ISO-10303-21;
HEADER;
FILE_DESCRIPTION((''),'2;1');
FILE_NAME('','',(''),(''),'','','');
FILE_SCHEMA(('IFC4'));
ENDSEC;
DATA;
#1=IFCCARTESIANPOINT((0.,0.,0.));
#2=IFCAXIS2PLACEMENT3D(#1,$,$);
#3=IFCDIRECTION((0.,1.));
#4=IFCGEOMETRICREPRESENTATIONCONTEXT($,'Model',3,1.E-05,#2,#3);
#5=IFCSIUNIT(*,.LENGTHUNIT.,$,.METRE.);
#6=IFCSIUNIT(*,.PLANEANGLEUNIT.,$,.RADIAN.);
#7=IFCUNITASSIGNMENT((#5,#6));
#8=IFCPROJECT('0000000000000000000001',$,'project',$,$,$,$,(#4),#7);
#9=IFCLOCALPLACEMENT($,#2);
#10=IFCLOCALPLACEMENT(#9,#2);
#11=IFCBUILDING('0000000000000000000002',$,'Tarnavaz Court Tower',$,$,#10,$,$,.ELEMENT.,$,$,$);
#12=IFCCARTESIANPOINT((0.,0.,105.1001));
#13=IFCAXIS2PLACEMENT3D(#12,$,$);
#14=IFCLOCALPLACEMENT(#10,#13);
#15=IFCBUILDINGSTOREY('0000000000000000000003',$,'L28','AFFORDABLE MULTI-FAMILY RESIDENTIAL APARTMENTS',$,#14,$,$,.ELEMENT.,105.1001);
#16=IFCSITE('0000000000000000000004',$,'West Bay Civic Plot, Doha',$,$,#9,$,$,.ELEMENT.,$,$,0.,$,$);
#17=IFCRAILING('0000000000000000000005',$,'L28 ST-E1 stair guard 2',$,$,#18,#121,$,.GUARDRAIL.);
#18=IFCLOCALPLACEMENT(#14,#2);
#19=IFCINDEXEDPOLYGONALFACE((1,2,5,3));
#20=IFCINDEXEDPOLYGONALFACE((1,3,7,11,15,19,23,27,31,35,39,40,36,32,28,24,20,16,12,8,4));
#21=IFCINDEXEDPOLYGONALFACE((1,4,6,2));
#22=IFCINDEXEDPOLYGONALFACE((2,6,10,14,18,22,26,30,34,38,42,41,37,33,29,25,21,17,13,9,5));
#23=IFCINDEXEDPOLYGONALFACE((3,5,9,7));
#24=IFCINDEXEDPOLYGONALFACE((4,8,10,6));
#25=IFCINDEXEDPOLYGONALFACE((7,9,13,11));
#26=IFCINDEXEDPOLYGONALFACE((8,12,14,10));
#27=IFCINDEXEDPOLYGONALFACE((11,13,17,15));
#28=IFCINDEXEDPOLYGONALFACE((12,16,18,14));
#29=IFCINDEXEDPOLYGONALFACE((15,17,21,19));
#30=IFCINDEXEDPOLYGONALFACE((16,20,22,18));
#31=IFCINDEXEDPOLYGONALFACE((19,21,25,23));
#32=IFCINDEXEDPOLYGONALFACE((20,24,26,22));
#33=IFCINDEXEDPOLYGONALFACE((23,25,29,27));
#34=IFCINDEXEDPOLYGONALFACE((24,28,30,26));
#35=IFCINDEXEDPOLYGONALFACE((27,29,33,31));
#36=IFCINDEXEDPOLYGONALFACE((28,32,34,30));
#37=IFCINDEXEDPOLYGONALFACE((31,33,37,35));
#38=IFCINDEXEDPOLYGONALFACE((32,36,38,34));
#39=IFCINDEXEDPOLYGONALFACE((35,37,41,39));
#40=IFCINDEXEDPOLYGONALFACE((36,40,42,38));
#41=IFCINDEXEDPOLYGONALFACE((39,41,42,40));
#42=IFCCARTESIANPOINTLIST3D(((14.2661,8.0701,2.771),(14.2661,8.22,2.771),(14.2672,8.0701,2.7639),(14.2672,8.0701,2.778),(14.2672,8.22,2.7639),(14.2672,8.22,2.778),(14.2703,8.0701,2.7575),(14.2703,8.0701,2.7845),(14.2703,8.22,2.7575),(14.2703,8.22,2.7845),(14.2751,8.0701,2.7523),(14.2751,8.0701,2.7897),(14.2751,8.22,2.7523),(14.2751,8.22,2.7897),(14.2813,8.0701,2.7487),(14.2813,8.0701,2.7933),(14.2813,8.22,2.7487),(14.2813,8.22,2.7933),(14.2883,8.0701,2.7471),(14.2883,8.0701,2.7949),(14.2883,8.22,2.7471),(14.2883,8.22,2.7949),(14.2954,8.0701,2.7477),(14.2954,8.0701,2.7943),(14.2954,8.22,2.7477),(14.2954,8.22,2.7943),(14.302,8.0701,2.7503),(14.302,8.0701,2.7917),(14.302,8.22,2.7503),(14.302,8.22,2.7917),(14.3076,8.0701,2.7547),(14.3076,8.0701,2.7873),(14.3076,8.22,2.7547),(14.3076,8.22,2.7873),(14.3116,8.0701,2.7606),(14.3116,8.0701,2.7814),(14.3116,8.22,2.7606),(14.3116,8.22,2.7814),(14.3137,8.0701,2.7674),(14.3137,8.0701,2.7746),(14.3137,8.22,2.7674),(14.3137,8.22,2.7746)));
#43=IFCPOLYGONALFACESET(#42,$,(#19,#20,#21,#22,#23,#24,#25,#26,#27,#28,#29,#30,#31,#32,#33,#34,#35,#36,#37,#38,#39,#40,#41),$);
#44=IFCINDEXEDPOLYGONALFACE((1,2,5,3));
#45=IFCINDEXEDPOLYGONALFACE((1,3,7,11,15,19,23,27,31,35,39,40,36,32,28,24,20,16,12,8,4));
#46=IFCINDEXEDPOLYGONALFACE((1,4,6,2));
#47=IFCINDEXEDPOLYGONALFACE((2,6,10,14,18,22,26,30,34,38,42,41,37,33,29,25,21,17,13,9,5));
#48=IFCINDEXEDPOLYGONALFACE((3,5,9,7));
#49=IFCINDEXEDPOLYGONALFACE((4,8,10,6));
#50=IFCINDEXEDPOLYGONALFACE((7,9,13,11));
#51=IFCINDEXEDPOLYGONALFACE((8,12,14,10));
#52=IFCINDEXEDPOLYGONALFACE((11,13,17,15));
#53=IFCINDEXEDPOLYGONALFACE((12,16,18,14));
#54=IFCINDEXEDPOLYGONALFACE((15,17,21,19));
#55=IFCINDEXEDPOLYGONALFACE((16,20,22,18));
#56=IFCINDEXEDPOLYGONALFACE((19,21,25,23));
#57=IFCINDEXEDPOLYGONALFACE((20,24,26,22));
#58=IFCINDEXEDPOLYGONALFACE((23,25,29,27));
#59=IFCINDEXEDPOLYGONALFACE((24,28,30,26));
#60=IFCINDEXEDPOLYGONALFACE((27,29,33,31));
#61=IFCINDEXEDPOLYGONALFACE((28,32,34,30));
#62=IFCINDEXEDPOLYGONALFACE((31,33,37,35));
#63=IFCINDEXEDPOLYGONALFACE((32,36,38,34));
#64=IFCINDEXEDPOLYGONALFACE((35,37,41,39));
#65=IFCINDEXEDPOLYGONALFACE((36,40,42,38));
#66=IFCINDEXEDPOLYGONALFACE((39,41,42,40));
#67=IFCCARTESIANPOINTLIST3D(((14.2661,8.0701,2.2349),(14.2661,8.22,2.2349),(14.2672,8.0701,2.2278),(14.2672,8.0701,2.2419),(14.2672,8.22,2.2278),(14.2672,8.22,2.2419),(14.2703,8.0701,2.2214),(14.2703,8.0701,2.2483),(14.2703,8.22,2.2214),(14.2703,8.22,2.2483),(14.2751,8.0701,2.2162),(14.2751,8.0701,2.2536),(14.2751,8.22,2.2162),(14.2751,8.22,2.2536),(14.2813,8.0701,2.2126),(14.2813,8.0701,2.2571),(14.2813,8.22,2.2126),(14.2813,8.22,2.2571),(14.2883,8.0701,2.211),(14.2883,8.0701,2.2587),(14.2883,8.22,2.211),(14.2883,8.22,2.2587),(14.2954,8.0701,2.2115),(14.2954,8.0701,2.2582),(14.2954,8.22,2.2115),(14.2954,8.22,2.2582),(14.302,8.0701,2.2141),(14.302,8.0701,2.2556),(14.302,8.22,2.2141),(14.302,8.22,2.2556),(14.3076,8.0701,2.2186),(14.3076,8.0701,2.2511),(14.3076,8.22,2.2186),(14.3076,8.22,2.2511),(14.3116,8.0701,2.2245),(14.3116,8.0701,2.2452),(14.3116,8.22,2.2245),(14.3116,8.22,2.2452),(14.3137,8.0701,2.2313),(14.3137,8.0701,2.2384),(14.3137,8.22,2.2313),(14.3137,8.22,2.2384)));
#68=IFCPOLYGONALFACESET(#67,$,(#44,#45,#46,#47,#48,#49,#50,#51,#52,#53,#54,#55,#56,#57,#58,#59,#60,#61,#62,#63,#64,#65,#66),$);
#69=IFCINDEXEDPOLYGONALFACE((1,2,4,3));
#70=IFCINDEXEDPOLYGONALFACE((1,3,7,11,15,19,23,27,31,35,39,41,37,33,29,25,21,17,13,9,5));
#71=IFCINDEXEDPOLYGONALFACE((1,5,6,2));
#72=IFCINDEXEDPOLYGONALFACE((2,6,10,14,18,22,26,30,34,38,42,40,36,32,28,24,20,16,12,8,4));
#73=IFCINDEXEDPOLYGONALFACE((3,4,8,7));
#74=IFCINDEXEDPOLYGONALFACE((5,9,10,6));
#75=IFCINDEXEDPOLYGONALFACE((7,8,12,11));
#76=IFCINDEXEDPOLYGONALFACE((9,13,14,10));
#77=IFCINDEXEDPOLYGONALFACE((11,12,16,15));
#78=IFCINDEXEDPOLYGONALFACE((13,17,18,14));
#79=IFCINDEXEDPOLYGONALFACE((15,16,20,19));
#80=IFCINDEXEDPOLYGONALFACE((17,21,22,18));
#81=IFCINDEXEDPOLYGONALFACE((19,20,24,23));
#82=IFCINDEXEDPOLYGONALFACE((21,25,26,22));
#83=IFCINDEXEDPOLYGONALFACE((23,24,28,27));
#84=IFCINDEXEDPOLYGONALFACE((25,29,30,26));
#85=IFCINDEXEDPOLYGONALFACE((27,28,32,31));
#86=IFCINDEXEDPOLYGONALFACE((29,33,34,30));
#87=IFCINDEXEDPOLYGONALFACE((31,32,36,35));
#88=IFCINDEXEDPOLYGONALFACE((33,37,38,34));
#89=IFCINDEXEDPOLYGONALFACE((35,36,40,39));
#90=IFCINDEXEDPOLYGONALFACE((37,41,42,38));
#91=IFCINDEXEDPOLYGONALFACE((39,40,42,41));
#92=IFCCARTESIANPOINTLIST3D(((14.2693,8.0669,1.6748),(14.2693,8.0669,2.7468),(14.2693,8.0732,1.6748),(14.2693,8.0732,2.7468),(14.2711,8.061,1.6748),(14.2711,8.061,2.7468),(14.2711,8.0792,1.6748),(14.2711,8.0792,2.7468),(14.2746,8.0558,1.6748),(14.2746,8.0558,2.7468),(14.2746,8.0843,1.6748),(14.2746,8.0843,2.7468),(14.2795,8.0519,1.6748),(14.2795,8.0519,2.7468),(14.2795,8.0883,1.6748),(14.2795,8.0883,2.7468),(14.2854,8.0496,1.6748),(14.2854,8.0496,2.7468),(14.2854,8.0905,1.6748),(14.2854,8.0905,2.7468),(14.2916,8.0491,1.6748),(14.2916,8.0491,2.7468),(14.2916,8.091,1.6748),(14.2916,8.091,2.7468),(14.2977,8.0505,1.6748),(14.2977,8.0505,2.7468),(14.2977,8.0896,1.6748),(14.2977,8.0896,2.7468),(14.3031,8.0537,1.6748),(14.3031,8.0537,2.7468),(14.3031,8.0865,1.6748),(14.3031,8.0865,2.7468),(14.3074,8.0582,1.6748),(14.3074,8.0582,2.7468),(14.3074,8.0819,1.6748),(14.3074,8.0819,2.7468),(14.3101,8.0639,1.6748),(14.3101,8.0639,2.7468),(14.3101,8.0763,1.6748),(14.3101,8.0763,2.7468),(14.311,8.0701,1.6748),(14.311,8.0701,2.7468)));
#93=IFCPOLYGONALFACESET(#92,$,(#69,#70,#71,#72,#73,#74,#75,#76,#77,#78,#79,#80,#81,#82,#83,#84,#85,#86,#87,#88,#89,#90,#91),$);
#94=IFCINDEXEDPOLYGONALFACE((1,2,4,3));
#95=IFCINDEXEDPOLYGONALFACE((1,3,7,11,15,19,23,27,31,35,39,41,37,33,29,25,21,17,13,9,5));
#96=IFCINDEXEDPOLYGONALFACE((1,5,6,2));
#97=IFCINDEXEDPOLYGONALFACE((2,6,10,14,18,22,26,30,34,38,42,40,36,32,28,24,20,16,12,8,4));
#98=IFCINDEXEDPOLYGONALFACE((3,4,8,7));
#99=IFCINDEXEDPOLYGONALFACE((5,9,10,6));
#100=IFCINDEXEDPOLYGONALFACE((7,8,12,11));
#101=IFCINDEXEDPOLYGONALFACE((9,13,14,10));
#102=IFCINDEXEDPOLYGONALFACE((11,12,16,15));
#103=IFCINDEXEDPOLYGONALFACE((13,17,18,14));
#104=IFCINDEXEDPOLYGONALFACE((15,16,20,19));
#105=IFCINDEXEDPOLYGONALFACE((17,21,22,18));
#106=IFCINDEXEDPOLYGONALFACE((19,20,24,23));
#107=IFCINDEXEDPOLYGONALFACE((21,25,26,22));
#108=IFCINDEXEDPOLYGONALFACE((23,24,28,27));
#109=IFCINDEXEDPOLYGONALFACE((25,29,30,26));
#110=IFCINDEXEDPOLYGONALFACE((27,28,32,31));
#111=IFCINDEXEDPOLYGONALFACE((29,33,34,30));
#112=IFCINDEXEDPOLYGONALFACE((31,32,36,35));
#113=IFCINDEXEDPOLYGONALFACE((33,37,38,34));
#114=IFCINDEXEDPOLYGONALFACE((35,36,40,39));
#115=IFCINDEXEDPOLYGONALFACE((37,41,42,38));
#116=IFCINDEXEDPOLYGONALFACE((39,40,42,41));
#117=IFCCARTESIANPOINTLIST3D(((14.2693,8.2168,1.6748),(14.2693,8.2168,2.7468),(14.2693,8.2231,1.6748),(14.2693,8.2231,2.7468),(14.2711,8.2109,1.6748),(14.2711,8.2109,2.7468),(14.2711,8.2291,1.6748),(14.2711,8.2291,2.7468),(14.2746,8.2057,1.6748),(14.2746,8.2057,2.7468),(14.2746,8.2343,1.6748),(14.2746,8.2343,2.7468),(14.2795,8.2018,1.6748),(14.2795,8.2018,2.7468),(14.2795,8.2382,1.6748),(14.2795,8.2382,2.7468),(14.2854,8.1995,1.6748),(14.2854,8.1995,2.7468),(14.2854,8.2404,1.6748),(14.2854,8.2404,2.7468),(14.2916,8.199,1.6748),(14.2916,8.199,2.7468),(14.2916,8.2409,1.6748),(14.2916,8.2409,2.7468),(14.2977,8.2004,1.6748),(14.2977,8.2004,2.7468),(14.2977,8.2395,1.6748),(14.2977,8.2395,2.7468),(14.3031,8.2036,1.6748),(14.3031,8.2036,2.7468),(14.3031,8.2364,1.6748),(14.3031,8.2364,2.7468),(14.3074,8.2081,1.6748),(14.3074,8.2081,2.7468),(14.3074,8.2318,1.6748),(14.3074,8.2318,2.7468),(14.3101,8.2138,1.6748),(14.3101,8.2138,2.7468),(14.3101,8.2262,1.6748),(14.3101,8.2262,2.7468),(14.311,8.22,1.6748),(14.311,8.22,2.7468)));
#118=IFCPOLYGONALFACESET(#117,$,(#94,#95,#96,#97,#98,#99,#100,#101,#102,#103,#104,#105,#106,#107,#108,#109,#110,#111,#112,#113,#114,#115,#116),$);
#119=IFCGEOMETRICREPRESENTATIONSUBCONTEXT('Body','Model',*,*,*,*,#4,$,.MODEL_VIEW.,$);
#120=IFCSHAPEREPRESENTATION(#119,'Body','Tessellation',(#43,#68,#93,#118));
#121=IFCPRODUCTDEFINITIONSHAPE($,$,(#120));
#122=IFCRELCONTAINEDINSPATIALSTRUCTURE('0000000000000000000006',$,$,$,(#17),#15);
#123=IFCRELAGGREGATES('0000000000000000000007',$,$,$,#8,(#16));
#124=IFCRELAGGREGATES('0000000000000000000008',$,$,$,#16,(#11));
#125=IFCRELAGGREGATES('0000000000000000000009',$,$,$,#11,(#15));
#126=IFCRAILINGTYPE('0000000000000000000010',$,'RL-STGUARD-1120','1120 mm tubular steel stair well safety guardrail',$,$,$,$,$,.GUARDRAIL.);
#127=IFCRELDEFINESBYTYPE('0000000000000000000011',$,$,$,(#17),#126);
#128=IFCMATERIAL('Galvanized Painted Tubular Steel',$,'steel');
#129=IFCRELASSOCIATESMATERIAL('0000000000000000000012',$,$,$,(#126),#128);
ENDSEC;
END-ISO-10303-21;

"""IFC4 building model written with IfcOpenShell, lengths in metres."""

from ifc_helpers import new_model, si_unit, direction, frame, origin, origin_2d, place, context, subcontext, project, spatial, circle, extrude, material, type_object, element, save


model = new_model("IFC4")

# Units and contexts
model_context = context("Model", 3, precision=1e-05, world=origin(), true_north=direction((0.0, 1.0)))
body_context = subcontext(model_context, "Body", "Model", "MODEL_VIEW")
ifc_project = project(units=[si_unit("LENGTHUNIT", "METRE"), si_unit("PLANEANGLEUNIT", "RADIAN")], contexts=[model_context])

# Site, building, storey
site_placement = place(None, origin())
site = spatial("IfcSite", under=ifc_project, at=site_placement, Name="West Bay Civic Plot, Doha", CompositionType="ELEMENT", RefElevation=0.0)
building_placement = place(site_placement, origin())
building = spatial("IfcBuilding", under=site, at=building_placement, Name="Tarnavaz Court Tower", CompositionType="ELEMENT")
storey_placement = place(building_placement, frame((0.0, 0.0, 105.1001)))
storey = spatial("IfcBuildingStorey", under=building, at=storey_placement, Name="L28", Description="AFFORDABLE MULTI-FAMILY RESIDENTIAL APARTMENTS", CompositionType="ELEMENT", Elevation=105.1001)

# Railing
ifc_material_1 = material(Name="Galvanized Painted Tubular Steel", Category="steel")
railing_type_1 = type_object("IfcRailingType", Name="RL-STGUARD-1120", Description="1120 mm tubular steel stair well safety guardrail", PredefinedType="GUARDRAIL", material=ifc_material_1)
railing_1_placement = place(storey_placement, frame((14.29, 8.0701, 1.6748)))
element("IfcRailing", 1, at=railing_1_placement, inside=storey, type_object=railing_type_1, Name="L28 ST-E1 stair guard 2", PredefinedType="GUARDRAIL", context=body_context, shape_type="SweptSolid", body=[
    extrude(circle(Radius=0.0239, at=origin_2d()), frame((0.0, 0.0, 1.0962), z_axis=(0.0, 1.0, 0.0), x_axis=(-1.0, 0.0, 0.0)), (0.0, 0.0, 1.0), 0.1499),
    extrude(circle(Radius=0.0239, at=origin_2d()), frame((0.0, 0.0, 0.5601), z_axis=(0.0, 1.0, 0.0), x_axis=(-1.0, 0.0, 0.0)), (0.0, 0.0, 1.0), 0.1499),
    extrude(circle(Radius=0.021, at=origin_2d()), origin(), (0.0, 0.0, 1.0), 1.072),
    extrude(circle(Radius=0.021, at=origin_2d()), frame((0.0, 0.1499, 0.0)), (0.0, 0.0, 1.0), 1.072),
])

save(model, "model.ifc")
